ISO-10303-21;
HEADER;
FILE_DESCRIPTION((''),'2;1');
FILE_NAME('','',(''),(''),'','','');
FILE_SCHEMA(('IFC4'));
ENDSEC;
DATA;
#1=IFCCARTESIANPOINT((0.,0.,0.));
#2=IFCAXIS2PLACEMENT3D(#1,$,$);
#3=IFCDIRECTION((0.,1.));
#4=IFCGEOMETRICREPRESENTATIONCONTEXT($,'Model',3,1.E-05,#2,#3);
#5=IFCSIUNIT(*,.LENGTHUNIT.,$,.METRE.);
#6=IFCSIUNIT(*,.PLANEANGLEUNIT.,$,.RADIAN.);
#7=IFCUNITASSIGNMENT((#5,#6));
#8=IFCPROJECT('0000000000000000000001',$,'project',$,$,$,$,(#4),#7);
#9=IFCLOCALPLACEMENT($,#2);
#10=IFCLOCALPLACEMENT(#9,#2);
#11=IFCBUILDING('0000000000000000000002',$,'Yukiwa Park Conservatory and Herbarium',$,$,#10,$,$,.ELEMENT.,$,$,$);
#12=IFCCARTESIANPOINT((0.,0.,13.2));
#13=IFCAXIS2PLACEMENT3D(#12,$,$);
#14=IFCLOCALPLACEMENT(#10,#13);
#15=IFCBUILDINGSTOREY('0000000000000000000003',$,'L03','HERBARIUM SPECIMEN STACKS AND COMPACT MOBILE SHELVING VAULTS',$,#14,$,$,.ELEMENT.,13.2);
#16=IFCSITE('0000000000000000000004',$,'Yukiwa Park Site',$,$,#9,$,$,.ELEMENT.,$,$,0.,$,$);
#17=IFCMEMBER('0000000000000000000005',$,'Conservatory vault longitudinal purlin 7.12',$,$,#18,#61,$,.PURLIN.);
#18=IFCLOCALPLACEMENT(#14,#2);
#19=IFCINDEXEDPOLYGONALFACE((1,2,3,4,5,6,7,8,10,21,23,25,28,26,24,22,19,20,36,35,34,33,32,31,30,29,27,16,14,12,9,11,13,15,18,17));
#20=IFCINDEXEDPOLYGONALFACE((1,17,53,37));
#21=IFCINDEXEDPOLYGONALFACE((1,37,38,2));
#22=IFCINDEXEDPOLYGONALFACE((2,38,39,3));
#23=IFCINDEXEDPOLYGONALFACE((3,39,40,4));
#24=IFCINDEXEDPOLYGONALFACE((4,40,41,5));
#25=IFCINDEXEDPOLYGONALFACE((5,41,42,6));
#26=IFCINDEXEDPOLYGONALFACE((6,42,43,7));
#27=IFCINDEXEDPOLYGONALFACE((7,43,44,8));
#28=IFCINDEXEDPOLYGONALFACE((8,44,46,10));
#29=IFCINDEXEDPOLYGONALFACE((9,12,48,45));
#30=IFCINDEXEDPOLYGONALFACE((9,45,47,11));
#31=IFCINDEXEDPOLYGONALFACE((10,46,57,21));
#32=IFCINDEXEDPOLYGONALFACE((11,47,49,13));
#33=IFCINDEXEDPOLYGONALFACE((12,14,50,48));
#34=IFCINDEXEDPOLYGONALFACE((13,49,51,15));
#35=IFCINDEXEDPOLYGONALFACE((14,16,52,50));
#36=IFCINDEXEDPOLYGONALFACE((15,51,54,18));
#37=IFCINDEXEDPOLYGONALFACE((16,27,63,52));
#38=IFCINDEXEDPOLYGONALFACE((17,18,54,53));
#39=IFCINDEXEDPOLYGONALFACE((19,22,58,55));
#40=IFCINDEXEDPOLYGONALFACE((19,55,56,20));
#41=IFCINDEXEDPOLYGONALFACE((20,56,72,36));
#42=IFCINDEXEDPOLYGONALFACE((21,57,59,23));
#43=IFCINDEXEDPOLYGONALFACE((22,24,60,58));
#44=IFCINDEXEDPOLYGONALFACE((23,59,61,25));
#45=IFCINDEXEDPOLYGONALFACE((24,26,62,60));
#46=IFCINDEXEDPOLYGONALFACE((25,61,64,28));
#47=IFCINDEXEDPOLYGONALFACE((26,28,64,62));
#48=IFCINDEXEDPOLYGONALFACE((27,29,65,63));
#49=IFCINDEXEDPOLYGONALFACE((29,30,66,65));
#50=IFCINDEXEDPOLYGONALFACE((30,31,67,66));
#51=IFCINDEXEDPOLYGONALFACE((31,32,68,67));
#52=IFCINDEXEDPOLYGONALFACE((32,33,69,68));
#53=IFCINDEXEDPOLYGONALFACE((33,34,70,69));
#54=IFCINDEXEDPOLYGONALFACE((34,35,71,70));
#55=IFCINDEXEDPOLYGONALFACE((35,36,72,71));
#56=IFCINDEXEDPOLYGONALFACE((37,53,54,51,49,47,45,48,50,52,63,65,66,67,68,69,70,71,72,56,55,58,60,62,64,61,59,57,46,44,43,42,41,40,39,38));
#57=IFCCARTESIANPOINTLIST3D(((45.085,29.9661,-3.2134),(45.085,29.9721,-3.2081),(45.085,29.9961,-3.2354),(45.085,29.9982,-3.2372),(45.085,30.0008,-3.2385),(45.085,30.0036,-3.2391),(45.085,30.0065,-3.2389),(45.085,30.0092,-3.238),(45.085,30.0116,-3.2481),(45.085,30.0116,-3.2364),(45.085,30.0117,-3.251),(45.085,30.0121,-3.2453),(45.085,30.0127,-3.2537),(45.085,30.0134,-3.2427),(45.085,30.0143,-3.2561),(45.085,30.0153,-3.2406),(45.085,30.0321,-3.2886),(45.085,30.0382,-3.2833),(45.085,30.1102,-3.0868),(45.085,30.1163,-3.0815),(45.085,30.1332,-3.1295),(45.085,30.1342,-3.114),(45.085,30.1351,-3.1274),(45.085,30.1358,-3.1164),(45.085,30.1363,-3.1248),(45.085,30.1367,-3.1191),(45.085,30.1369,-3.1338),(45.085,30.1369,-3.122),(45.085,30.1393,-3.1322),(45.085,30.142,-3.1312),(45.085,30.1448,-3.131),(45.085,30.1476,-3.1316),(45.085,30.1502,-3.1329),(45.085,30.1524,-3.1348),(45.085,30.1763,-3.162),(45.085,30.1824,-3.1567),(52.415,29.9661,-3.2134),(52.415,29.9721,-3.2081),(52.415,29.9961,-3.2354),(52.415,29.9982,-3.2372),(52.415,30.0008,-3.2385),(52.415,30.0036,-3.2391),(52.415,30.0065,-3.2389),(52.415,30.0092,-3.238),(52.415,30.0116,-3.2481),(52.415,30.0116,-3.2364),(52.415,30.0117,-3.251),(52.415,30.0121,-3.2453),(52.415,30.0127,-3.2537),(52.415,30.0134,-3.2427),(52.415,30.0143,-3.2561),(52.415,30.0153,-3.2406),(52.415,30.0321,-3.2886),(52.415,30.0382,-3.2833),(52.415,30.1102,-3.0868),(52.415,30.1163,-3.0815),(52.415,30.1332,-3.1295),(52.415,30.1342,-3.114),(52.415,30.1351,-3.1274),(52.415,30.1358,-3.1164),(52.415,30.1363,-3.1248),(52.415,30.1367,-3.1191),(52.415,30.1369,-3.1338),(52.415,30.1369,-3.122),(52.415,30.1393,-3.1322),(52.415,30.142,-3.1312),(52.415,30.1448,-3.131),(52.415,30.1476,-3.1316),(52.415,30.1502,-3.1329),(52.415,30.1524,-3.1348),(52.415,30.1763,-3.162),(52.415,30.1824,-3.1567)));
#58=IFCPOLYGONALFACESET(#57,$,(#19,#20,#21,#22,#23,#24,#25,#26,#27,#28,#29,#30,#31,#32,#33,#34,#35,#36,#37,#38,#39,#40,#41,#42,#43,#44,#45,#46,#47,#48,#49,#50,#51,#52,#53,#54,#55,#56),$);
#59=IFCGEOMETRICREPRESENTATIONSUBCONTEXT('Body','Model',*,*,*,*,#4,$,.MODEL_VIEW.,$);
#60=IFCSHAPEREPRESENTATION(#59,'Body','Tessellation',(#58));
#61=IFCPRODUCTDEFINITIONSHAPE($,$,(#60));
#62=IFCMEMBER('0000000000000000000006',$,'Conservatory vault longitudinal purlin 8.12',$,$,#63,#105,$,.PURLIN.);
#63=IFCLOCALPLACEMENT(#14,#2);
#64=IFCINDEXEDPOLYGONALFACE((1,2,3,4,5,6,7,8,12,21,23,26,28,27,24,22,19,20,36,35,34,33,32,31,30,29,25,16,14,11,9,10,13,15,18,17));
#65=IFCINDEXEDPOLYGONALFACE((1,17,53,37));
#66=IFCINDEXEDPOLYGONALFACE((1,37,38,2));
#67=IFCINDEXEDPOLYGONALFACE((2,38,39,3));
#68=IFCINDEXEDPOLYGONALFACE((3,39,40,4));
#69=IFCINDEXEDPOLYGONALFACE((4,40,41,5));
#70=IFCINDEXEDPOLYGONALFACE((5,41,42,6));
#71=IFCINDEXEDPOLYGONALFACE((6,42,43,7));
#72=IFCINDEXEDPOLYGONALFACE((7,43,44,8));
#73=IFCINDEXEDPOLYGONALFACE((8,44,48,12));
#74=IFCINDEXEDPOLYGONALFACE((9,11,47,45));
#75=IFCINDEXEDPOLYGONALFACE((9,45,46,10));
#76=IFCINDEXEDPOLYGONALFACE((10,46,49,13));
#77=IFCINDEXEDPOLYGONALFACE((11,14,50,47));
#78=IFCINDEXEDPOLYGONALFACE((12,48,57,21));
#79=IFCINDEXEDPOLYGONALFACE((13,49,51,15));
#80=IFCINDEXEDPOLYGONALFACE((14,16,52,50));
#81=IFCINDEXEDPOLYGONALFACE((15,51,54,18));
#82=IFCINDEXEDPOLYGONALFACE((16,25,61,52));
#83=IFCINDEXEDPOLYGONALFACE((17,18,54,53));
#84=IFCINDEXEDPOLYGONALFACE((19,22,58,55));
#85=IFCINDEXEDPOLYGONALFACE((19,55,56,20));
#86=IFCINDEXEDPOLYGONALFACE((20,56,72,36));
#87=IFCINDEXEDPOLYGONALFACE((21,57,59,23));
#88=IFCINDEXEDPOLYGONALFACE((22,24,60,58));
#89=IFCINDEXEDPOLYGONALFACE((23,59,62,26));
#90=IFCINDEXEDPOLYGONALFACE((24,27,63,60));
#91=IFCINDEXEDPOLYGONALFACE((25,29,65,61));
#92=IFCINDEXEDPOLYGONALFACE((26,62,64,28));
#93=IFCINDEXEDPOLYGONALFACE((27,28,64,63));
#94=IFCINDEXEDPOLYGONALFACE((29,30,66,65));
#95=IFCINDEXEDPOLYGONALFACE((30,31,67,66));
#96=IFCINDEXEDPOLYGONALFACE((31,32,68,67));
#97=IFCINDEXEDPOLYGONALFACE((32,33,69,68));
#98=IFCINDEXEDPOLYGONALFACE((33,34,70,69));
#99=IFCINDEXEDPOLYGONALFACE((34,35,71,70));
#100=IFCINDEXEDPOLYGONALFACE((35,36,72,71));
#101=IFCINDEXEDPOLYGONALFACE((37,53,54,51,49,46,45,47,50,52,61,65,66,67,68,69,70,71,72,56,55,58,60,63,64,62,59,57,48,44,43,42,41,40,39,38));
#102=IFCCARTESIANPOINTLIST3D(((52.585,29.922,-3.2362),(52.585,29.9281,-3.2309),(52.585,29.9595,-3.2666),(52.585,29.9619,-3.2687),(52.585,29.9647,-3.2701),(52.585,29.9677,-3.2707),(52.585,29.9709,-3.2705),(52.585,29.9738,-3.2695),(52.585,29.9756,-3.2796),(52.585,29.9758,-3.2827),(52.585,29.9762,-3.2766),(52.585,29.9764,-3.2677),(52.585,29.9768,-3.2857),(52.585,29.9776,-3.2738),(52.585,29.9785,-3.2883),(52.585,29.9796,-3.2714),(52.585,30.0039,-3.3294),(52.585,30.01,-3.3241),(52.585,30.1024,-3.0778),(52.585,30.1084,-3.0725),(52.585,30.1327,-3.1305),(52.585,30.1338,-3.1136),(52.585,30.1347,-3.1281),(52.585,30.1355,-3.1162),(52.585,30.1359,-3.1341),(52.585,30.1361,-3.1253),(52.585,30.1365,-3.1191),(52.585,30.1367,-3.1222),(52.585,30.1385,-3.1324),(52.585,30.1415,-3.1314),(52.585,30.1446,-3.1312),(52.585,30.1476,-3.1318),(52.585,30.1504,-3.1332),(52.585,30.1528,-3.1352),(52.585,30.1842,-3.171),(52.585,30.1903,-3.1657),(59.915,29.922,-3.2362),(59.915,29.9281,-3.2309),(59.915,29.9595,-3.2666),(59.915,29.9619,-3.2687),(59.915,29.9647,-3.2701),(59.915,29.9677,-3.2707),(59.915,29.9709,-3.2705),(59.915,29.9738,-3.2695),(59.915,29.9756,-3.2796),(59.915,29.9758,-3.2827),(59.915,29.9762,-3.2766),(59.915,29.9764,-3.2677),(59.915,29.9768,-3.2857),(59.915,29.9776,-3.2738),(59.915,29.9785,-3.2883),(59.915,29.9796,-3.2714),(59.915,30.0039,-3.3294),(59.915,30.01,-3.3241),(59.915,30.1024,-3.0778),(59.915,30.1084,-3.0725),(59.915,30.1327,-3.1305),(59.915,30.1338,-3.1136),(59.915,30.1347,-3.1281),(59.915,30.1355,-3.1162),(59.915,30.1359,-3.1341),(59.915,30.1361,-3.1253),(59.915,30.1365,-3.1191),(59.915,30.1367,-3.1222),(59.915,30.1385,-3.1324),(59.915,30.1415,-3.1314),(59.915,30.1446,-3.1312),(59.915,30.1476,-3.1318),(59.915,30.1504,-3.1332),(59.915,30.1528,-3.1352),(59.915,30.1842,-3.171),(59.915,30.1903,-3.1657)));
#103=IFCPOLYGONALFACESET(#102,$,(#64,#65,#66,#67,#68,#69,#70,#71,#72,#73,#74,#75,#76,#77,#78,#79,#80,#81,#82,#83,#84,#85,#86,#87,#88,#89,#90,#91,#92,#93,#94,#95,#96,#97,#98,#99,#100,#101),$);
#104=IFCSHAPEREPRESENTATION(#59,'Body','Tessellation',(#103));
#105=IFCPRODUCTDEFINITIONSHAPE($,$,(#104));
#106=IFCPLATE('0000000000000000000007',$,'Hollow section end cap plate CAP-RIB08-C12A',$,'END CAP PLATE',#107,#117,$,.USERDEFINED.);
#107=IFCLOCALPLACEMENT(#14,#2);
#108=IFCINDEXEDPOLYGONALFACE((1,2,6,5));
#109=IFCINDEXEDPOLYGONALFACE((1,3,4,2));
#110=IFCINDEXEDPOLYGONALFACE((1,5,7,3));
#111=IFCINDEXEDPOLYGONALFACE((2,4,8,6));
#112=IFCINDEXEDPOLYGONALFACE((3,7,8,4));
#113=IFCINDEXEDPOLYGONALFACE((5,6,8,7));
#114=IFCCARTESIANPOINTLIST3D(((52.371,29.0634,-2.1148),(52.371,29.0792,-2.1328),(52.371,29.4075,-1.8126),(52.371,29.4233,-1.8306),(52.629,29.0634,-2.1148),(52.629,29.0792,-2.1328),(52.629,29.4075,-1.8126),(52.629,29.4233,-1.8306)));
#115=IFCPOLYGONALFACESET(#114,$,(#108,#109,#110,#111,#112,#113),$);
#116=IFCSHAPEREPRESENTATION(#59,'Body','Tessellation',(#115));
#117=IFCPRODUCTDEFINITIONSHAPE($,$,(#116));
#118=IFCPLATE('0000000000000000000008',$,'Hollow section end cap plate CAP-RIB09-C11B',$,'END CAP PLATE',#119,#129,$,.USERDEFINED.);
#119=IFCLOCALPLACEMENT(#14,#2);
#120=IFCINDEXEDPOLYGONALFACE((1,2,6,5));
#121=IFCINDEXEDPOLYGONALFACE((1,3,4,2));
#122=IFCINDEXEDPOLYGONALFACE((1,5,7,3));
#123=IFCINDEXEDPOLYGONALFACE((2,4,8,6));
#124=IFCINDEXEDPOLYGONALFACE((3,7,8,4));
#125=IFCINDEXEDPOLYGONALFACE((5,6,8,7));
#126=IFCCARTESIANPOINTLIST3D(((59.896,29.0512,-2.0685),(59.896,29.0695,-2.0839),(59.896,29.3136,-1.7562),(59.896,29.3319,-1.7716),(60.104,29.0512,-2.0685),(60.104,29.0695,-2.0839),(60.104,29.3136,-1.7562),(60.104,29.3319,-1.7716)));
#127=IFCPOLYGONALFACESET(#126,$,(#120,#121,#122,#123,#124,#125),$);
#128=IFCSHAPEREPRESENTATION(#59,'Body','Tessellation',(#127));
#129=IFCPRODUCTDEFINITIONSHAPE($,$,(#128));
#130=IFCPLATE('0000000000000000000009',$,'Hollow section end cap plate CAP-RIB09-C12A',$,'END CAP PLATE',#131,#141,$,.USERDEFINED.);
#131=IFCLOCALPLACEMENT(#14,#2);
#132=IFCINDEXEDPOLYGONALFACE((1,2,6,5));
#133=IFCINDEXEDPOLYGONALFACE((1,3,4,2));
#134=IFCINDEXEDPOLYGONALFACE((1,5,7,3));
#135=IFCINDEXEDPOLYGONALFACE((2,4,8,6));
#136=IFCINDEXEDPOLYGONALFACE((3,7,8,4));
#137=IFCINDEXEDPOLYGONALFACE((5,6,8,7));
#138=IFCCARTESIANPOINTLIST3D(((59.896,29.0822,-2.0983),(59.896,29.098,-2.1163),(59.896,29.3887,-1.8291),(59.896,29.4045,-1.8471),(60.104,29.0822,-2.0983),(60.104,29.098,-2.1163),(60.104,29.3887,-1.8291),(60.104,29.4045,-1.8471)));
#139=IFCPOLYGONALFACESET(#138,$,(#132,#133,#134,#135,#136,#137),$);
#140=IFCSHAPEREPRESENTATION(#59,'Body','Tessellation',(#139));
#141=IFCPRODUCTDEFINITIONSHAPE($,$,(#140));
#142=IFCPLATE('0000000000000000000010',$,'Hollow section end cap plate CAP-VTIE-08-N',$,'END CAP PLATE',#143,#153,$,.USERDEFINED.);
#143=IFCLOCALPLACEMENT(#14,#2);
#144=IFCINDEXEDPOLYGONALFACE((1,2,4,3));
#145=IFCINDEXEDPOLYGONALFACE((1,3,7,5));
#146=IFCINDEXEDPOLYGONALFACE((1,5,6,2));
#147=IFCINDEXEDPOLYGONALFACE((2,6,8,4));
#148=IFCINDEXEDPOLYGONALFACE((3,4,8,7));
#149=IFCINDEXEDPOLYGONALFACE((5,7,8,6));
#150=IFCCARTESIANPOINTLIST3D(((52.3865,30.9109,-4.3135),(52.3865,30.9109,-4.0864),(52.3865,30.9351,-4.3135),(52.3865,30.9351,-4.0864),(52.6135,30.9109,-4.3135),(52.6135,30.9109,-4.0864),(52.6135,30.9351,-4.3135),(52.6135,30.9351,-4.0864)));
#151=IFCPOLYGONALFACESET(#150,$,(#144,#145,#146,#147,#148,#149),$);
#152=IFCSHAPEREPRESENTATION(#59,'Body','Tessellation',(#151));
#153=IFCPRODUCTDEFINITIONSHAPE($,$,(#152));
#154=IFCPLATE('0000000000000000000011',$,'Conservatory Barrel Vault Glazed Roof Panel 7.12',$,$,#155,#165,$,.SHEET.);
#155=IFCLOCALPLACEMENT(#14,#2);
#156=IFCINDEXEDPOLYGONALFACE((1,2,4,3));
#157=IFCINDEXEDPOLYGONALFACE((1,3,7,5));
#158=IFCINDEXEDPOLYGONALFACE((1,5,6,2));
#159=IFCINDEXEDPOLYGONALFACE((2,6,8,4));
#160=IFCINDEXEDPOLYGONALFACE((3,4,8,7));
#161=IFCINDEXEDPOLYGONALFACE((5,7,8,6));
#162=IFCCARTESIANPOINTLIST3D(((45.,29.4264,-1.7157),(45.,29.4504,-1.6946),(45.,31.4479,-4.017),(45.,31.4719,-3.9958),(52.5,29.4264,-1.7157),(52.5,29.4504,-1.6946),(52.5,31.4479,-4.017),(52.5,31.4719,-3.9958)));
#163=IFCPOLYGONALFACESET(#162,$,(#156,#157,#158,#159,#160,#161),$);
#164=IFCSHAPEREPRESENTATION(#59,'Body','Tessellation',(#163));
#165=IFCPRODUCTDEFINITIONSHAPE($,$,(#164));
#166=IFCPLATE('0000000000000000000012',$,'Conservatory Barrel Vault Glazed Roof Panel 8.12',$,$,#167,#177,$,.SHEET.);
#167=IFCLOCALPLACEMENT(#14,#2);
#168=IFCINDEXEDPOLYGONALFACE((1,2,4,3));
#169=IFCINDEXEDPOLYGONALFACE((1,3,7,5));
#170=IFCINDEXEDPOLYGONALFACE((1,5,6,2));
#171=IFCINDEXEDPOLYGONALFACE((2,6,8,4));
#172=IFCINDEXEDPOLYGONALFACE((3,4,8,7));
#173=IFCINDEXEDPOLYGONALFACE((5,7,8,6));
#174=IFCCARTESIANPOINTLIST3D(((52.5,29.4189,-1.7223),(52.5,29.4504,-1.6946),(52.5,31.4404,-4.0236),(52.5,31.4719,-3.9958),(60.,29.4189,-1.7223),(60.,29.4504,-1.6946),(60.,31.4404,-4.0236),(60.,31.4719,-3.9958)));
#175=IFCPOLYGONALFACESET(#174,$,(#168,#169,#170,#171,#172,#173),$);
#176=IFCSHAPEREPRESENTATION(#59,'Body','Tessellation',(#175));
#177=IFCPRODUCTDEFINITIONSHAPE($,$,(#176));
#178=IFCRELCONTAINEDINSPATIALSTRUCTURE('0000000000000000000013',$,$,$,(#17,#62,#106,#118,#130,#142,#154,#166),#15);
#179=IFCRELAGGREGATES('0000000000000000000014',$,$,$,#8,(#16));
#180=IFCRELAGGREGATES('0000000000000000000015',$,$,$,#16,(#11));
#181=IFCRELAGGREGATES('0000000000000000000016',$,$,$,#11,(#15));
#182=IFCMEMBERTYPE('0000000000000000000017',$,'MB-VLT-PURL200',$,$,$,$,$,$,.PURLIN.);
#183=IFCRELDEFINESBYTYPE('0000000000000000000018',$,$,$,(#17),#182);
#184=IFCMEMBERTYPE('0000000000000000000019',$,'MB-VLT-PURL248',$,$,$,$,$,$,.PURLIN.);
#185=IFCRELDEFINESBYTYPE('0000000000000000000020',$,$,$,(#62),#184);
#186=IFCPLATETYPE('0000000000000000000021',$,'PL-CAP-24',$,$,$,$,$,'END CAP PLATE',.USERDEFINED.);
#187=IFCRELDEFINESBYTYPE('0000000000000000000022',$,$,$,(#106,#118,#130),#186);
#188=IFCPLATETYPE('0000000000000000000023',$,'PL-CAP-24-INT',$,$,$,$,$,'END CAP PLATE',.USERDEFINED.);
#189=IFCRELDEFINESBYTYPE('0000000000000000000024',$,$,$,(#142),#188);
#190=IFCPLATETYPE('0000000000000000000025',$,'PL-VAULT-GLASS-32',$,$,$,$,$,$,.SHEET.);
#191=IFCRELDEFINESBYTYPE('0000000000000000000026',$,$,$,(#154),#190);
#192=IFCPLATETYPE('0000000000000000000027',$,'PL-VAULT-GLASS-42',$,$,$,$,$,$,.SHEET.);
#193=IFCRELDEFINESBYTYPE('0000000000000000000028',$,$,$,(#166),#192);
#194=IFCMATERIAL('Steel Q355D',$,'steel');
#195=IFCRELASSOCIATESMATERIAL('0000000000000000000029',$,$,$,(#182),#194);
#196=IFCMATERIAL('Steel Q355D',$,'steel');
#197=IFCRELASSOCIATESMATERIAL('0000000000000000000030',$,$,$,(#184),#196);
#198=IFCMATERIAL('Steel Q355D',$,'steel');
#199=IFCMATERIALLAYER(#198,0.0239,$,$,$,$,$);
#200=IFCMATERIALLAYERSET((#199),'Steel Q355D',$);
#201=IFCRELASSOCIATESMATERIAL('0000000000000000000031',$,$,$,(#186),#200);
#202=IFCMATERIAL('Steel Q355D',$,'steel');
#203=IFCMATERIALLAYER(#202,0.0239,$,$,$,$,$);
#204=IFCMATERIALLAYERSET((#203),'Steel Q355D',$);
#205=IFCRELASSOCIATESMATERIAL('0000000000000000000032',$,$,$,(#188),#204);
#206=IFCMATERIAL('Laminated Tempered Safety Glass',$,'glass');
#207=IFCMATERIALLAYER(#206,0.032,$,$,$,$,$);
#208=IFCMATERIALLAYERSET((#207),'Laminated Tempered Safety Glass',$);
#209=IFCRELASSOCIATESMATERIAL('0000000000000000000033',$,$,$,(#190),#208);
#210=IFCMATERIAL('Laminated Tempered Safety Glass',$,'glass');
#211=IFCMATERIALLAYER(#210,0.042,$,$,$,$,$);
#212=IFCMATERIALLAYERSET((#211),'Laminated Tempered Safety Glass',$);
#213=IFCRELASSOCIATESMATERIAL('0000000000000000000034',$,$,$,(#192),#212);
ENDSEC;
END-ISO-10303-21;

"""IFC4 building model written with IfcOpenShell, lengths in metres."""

from ifc_helpers import new_model, si_unit, direction, frame, origin, origin_2d, place, context, subcontext, project, spatial, polyline, rectangle, i_section, outline, extrude, material, layer, layer_set, material_profile, profile_set, type_object, element, save


model = new_model("IFC4")

# Units and contexts
model_context = context("Model", 3, precision=1e-05, world=origin(), true_north=direction((0.0, 1.0)))
body_context = subcontext(model_context, "Body", "Model", "MODEL_VIEW")
ifc_project = project(units=[si_unit("LENGTHUNIT", "METRE"), si_unit("PLANEANGLEUNIT", "RADIAN")], contexts=[model_context])

# Site, building, storey
site_placement = place(None, origin())
site = spatial("IfcSite", under=ifc_project, at=site_placement, Name="Yukiwa Park Site", CompositionType="ELEMENT", RefElevation=0.0)
building_placement = place(site_placement, origin())
building = spatial("IfcBuilding", under=site, at=building_placement, Name="Yukiwa Park Conservatory and Herbarium", CompositionType="ELEMENT")
storey_placement = place(building_placement, frame((0.0, 0.0, 13.2)))
storey = spatial("IfcBuildingStorey", under=building, at=storey_placement, Name="L03", Description="HERBARIUM SPECIMEN STACKS AND COMPACT MOBILE SHELVING VAULTS", CompositionType="ELEMENT", Elevation=13.2)

# Members
ifc_material_1 = material(Name="Steel Q355D", Category="steel")
ifc_material_profile_1 = material_profile(ifc_material_1, i_section(OverallWidth=0.1001, OverallDepth=0.2, WebThickness=0.0056, FlangeThickness=0.0081, FilletRadius=0.011, at=origin_2d()), Name="HN 200x100x5.5x8")
ifc_profile_set_1 = profile_set([ifc_material_profile_1], Name="Steel Q355D")
member_type_1 = type_object("IfcMemberType", Name="MB-VLT-PURL200", PredefinedType="PURLIN", material=ifc_profile_set_1)
member_1_placement = place(storey_placement, frame((45.085, 30.0742, -3.1851), z_axis=(1.0, 0.0, 0.0), x_axis=(0.0, 0.659968, -0.751294)))
element("IfcMember", 1, at=member_1_placement, inside=storey, type_object=member_type_1, Name="Conservatory vault longitudinal purlin 7.12", PredefinedType="PURLIN", context=body_context, shape_type="SweptSolid", body=[
    extrude(i_section(OverallWidth=0.1001, OverallDepth=0.2, WebThickness=0.0056, FlangeThickness=0.0081, FilletRadius=0.011, at=origin_2d()), origin(), (0.0, 0.0, 1.0), 7.3301),
])
ifc_material_2 = material(Name="Steel Q355D", Category="steel")
ifc_material_profile_2 = material_profile(ifc_material_2, i_section(OverallWidth=0.124, OverallDepth=0.248, WebThickness=0.0049, FlangeThickness=0.0081, FilletRadius=0.012, at=origin_2d()), Name="HN 248x124x5x8")
ifc_profile_set_2 = profile_set([ifc_material_profile_2], Name="Steel Q355D")
member_type_2 = type_object("IfcMemberType", Name="MB-VLT-PURL248", PredefinedType="PURLIN", material=ifc_profile_set_2)
member_2_placement = place(storey_placement, frame((52.585, 30.0562, -3.2009), z_axis=(1.0, 0.0, 0.0), x_axis=(0.0, 0.659968, -0.751294)))
element("IfcMember", 2, at=member_2_placement, inside=storey, type_object=member_type_2, Name="Conservatory vault longitudinal purlin 8.12", PredefinedType="PURLIN", context=body_context, shape_type="SweptSolid", body=[
    extrude(i_section(OverallWidth=0.124, OverallDepth=0.248, WebThickness=0.0049, FlangeThickness=0.0081, FilletRadius=0.012, at=origin_2d()), origin(), (0.0, 0.0, 1.0), 7.3301),
])

# Plates
ifc_material_3 = material(Name="Steel Q355D", Category="steel")
ifc_layer_1 = layer(ifc_material_3, 0.0239)
ifc_layer_set_1 = layer_set([ifc_layer_1], Name="Steel Q355D")
plate_type_1 = type_object("IfcPlateType", Name="PL-CAP-24", ElementType="END CAP PLATE", PredefinedType="USERDEFINED", material=ifc_layer_set_1)
plate_1_placement = place(storey_placement, frame((52.5, 29.2512, -1.9817), z_axis=(0.0, -0.659941, 0.751317), x_axis=(1.0, 0.0, 0.0)))
element("IfcPlate", 3, at=plate_1_placement, inside=storey, type_object=plate_type_1, Name="Hollow section end cap plate CAP-RIB08-C12A", ObjectType="END CAP PLATE", PredefinedType="USERDEFINED", context=body_context, shape_type="SweptSolid", body=[
    extrude(rectangle(XDim=0.2581, YDim=0.458, at=origin_2d()), origin(), (0.0, 0.0, 1.0), 0.0239),
])
for number, where, z_axis, x_axis, name in (
    (4, (60.0, 29.1824, -1.9124), (0.0, 0.765705, -0.643192), (-1.0, 0.0, 0.0), "Hollow section end cap plate CAP-RIB09-C11B"),
    (5, (60.0, 29.2512, -1.9817), (0.0, -0.659941, 0.751317), (1.0, 0.0, 0.0), "Hollow section end cap plate CAP-RIB09-C12A"),
):
    element("IfcPlate", number, at=place(storey_placement, frame(where, z_axis=z_axis, x_axis=x_axis)), inside=storey, type_object=plate_type_1, Name=name, ObjectType="END CAP PLATE", PredefinedType="USERDEFINED", context=body_context, shape_type="SweptSolid", body=[
        extrude(rectangle(XDim=0.208, YDim=0.408, at=origin_2d()), origin(), (0.0, 0.0, 1.0), 0.0239),
    ])
ifc_material_4 = material(Name="Steel Q355D", Category="steel")
ifc_layer_2 = layer(ifc_material_4, 0.0239)
ifc_layer_set_2 = layer_set([ifc_layer_2], Name="Steel Q355D")
plate_type_2 = type_object("IfcPlateType", Name="PL-CAP-24-INT", ElementType="END CAP PLATE", PredefinedType="USERDEFINED", material=ifc_layer_set_2)
plate_2_placement = place(storey_placement, frame((52.5, 30.9109, -4.2), z_axis=(0.0, 1.0, 0.0), x_axis=(-1.0, 0.0, 0.0)))
element("IfcPlate", 6, at=plate_2_placement, inside=storey, type_object=plate_type_2, Name="Hollow section end cap plate CAP-VTIE-08-N", ObjectType="END CAP PLATE", PredefinedType="USERDEFINED", context=body_context, shape_type="SweptSolid", body=[
    extrude(rectangle(XDim=0.2271, YDim=0.2271, at=origin_2d()), origin(), (0.0, 0.0, 1.0), 0.0242),
])
ifc_material_5 = material(Name="Laminated Tempered Safety Glass", Category="glass")
ifc_layer_3 = layer(ifc_material_5, 0.032)
ifc_layer_set_3 = layer_set([ifc_layer_3], Name="Laminated Tempered Safety Glass")
plate_type_3 = type_object("IfcPlateType", Name="PL-VAULT-GLASS-32", PredefinedType="SHEET", material=ifc_layer_set_3)
plate_3_placement = place(storey_placement, frame((45.0, 29.4504, -1.6946), z_axis=(0.0, 0.751301, 0.659959), x_axis=(1.0, 0.0, 0.0)))
element("IfcPlate", 7, at=plate_3_placement, inside=storey, type_object=plate_type_3, Name="Conservatory Barrel Vault Glazed Roof Panel 7.12", PredefinedType="SHEET", context=body_context, shape_type="SweptSolid", body=[
    extrude(outline(polyline([(0.0, 0.0), (7.5, 0.0), (7.5, 3.063), (0.0, 3.063), (0.0, 0.0)])), origin(), (0.0, 0.0, -1.0), 0.032),
])
ifc_material_6 = material(Name="Laminated Tempered Safety Glass", Category="glass")
ifc_layer_4 = layer(ifc_material_6, 0.042)
ifc_layer_set_4 = layer_set([ifc_layer_4], Name="Laminated Tempered Safety Glass")
plate_type_4 = type_object("IfcPlateType", Name="PL-VAULT-GLASS-42", PredefinedType="SHEET", material=ifc_layer_set_4)
plate_4_placement = place(storey_placement, frame((52.5, 29.4504, -1.6946), z_axis=(0.0, 0.751301, 0.659959), x_axis=(1.0, 0.0, 0.0)))
element("IfcPlate", 8, at=plate_4_placement, inside=storey, type_object=plate_type_4, Name="Conservatory Barrel Vault Glazed Roof Panel 8.12", PredefinedType="SHEET", context=body_context, shape_type="SweptSolid", body=[
    extrude(outline(polyline([(0.0, 0.0), (7.5, 0.0), (7.5, 3.063), (0.0, 3.063), (0.0, 0.0)])), origin(), (0.0, 0.0, -1.0), 0.042),
])

save(model, "model.ifc")
